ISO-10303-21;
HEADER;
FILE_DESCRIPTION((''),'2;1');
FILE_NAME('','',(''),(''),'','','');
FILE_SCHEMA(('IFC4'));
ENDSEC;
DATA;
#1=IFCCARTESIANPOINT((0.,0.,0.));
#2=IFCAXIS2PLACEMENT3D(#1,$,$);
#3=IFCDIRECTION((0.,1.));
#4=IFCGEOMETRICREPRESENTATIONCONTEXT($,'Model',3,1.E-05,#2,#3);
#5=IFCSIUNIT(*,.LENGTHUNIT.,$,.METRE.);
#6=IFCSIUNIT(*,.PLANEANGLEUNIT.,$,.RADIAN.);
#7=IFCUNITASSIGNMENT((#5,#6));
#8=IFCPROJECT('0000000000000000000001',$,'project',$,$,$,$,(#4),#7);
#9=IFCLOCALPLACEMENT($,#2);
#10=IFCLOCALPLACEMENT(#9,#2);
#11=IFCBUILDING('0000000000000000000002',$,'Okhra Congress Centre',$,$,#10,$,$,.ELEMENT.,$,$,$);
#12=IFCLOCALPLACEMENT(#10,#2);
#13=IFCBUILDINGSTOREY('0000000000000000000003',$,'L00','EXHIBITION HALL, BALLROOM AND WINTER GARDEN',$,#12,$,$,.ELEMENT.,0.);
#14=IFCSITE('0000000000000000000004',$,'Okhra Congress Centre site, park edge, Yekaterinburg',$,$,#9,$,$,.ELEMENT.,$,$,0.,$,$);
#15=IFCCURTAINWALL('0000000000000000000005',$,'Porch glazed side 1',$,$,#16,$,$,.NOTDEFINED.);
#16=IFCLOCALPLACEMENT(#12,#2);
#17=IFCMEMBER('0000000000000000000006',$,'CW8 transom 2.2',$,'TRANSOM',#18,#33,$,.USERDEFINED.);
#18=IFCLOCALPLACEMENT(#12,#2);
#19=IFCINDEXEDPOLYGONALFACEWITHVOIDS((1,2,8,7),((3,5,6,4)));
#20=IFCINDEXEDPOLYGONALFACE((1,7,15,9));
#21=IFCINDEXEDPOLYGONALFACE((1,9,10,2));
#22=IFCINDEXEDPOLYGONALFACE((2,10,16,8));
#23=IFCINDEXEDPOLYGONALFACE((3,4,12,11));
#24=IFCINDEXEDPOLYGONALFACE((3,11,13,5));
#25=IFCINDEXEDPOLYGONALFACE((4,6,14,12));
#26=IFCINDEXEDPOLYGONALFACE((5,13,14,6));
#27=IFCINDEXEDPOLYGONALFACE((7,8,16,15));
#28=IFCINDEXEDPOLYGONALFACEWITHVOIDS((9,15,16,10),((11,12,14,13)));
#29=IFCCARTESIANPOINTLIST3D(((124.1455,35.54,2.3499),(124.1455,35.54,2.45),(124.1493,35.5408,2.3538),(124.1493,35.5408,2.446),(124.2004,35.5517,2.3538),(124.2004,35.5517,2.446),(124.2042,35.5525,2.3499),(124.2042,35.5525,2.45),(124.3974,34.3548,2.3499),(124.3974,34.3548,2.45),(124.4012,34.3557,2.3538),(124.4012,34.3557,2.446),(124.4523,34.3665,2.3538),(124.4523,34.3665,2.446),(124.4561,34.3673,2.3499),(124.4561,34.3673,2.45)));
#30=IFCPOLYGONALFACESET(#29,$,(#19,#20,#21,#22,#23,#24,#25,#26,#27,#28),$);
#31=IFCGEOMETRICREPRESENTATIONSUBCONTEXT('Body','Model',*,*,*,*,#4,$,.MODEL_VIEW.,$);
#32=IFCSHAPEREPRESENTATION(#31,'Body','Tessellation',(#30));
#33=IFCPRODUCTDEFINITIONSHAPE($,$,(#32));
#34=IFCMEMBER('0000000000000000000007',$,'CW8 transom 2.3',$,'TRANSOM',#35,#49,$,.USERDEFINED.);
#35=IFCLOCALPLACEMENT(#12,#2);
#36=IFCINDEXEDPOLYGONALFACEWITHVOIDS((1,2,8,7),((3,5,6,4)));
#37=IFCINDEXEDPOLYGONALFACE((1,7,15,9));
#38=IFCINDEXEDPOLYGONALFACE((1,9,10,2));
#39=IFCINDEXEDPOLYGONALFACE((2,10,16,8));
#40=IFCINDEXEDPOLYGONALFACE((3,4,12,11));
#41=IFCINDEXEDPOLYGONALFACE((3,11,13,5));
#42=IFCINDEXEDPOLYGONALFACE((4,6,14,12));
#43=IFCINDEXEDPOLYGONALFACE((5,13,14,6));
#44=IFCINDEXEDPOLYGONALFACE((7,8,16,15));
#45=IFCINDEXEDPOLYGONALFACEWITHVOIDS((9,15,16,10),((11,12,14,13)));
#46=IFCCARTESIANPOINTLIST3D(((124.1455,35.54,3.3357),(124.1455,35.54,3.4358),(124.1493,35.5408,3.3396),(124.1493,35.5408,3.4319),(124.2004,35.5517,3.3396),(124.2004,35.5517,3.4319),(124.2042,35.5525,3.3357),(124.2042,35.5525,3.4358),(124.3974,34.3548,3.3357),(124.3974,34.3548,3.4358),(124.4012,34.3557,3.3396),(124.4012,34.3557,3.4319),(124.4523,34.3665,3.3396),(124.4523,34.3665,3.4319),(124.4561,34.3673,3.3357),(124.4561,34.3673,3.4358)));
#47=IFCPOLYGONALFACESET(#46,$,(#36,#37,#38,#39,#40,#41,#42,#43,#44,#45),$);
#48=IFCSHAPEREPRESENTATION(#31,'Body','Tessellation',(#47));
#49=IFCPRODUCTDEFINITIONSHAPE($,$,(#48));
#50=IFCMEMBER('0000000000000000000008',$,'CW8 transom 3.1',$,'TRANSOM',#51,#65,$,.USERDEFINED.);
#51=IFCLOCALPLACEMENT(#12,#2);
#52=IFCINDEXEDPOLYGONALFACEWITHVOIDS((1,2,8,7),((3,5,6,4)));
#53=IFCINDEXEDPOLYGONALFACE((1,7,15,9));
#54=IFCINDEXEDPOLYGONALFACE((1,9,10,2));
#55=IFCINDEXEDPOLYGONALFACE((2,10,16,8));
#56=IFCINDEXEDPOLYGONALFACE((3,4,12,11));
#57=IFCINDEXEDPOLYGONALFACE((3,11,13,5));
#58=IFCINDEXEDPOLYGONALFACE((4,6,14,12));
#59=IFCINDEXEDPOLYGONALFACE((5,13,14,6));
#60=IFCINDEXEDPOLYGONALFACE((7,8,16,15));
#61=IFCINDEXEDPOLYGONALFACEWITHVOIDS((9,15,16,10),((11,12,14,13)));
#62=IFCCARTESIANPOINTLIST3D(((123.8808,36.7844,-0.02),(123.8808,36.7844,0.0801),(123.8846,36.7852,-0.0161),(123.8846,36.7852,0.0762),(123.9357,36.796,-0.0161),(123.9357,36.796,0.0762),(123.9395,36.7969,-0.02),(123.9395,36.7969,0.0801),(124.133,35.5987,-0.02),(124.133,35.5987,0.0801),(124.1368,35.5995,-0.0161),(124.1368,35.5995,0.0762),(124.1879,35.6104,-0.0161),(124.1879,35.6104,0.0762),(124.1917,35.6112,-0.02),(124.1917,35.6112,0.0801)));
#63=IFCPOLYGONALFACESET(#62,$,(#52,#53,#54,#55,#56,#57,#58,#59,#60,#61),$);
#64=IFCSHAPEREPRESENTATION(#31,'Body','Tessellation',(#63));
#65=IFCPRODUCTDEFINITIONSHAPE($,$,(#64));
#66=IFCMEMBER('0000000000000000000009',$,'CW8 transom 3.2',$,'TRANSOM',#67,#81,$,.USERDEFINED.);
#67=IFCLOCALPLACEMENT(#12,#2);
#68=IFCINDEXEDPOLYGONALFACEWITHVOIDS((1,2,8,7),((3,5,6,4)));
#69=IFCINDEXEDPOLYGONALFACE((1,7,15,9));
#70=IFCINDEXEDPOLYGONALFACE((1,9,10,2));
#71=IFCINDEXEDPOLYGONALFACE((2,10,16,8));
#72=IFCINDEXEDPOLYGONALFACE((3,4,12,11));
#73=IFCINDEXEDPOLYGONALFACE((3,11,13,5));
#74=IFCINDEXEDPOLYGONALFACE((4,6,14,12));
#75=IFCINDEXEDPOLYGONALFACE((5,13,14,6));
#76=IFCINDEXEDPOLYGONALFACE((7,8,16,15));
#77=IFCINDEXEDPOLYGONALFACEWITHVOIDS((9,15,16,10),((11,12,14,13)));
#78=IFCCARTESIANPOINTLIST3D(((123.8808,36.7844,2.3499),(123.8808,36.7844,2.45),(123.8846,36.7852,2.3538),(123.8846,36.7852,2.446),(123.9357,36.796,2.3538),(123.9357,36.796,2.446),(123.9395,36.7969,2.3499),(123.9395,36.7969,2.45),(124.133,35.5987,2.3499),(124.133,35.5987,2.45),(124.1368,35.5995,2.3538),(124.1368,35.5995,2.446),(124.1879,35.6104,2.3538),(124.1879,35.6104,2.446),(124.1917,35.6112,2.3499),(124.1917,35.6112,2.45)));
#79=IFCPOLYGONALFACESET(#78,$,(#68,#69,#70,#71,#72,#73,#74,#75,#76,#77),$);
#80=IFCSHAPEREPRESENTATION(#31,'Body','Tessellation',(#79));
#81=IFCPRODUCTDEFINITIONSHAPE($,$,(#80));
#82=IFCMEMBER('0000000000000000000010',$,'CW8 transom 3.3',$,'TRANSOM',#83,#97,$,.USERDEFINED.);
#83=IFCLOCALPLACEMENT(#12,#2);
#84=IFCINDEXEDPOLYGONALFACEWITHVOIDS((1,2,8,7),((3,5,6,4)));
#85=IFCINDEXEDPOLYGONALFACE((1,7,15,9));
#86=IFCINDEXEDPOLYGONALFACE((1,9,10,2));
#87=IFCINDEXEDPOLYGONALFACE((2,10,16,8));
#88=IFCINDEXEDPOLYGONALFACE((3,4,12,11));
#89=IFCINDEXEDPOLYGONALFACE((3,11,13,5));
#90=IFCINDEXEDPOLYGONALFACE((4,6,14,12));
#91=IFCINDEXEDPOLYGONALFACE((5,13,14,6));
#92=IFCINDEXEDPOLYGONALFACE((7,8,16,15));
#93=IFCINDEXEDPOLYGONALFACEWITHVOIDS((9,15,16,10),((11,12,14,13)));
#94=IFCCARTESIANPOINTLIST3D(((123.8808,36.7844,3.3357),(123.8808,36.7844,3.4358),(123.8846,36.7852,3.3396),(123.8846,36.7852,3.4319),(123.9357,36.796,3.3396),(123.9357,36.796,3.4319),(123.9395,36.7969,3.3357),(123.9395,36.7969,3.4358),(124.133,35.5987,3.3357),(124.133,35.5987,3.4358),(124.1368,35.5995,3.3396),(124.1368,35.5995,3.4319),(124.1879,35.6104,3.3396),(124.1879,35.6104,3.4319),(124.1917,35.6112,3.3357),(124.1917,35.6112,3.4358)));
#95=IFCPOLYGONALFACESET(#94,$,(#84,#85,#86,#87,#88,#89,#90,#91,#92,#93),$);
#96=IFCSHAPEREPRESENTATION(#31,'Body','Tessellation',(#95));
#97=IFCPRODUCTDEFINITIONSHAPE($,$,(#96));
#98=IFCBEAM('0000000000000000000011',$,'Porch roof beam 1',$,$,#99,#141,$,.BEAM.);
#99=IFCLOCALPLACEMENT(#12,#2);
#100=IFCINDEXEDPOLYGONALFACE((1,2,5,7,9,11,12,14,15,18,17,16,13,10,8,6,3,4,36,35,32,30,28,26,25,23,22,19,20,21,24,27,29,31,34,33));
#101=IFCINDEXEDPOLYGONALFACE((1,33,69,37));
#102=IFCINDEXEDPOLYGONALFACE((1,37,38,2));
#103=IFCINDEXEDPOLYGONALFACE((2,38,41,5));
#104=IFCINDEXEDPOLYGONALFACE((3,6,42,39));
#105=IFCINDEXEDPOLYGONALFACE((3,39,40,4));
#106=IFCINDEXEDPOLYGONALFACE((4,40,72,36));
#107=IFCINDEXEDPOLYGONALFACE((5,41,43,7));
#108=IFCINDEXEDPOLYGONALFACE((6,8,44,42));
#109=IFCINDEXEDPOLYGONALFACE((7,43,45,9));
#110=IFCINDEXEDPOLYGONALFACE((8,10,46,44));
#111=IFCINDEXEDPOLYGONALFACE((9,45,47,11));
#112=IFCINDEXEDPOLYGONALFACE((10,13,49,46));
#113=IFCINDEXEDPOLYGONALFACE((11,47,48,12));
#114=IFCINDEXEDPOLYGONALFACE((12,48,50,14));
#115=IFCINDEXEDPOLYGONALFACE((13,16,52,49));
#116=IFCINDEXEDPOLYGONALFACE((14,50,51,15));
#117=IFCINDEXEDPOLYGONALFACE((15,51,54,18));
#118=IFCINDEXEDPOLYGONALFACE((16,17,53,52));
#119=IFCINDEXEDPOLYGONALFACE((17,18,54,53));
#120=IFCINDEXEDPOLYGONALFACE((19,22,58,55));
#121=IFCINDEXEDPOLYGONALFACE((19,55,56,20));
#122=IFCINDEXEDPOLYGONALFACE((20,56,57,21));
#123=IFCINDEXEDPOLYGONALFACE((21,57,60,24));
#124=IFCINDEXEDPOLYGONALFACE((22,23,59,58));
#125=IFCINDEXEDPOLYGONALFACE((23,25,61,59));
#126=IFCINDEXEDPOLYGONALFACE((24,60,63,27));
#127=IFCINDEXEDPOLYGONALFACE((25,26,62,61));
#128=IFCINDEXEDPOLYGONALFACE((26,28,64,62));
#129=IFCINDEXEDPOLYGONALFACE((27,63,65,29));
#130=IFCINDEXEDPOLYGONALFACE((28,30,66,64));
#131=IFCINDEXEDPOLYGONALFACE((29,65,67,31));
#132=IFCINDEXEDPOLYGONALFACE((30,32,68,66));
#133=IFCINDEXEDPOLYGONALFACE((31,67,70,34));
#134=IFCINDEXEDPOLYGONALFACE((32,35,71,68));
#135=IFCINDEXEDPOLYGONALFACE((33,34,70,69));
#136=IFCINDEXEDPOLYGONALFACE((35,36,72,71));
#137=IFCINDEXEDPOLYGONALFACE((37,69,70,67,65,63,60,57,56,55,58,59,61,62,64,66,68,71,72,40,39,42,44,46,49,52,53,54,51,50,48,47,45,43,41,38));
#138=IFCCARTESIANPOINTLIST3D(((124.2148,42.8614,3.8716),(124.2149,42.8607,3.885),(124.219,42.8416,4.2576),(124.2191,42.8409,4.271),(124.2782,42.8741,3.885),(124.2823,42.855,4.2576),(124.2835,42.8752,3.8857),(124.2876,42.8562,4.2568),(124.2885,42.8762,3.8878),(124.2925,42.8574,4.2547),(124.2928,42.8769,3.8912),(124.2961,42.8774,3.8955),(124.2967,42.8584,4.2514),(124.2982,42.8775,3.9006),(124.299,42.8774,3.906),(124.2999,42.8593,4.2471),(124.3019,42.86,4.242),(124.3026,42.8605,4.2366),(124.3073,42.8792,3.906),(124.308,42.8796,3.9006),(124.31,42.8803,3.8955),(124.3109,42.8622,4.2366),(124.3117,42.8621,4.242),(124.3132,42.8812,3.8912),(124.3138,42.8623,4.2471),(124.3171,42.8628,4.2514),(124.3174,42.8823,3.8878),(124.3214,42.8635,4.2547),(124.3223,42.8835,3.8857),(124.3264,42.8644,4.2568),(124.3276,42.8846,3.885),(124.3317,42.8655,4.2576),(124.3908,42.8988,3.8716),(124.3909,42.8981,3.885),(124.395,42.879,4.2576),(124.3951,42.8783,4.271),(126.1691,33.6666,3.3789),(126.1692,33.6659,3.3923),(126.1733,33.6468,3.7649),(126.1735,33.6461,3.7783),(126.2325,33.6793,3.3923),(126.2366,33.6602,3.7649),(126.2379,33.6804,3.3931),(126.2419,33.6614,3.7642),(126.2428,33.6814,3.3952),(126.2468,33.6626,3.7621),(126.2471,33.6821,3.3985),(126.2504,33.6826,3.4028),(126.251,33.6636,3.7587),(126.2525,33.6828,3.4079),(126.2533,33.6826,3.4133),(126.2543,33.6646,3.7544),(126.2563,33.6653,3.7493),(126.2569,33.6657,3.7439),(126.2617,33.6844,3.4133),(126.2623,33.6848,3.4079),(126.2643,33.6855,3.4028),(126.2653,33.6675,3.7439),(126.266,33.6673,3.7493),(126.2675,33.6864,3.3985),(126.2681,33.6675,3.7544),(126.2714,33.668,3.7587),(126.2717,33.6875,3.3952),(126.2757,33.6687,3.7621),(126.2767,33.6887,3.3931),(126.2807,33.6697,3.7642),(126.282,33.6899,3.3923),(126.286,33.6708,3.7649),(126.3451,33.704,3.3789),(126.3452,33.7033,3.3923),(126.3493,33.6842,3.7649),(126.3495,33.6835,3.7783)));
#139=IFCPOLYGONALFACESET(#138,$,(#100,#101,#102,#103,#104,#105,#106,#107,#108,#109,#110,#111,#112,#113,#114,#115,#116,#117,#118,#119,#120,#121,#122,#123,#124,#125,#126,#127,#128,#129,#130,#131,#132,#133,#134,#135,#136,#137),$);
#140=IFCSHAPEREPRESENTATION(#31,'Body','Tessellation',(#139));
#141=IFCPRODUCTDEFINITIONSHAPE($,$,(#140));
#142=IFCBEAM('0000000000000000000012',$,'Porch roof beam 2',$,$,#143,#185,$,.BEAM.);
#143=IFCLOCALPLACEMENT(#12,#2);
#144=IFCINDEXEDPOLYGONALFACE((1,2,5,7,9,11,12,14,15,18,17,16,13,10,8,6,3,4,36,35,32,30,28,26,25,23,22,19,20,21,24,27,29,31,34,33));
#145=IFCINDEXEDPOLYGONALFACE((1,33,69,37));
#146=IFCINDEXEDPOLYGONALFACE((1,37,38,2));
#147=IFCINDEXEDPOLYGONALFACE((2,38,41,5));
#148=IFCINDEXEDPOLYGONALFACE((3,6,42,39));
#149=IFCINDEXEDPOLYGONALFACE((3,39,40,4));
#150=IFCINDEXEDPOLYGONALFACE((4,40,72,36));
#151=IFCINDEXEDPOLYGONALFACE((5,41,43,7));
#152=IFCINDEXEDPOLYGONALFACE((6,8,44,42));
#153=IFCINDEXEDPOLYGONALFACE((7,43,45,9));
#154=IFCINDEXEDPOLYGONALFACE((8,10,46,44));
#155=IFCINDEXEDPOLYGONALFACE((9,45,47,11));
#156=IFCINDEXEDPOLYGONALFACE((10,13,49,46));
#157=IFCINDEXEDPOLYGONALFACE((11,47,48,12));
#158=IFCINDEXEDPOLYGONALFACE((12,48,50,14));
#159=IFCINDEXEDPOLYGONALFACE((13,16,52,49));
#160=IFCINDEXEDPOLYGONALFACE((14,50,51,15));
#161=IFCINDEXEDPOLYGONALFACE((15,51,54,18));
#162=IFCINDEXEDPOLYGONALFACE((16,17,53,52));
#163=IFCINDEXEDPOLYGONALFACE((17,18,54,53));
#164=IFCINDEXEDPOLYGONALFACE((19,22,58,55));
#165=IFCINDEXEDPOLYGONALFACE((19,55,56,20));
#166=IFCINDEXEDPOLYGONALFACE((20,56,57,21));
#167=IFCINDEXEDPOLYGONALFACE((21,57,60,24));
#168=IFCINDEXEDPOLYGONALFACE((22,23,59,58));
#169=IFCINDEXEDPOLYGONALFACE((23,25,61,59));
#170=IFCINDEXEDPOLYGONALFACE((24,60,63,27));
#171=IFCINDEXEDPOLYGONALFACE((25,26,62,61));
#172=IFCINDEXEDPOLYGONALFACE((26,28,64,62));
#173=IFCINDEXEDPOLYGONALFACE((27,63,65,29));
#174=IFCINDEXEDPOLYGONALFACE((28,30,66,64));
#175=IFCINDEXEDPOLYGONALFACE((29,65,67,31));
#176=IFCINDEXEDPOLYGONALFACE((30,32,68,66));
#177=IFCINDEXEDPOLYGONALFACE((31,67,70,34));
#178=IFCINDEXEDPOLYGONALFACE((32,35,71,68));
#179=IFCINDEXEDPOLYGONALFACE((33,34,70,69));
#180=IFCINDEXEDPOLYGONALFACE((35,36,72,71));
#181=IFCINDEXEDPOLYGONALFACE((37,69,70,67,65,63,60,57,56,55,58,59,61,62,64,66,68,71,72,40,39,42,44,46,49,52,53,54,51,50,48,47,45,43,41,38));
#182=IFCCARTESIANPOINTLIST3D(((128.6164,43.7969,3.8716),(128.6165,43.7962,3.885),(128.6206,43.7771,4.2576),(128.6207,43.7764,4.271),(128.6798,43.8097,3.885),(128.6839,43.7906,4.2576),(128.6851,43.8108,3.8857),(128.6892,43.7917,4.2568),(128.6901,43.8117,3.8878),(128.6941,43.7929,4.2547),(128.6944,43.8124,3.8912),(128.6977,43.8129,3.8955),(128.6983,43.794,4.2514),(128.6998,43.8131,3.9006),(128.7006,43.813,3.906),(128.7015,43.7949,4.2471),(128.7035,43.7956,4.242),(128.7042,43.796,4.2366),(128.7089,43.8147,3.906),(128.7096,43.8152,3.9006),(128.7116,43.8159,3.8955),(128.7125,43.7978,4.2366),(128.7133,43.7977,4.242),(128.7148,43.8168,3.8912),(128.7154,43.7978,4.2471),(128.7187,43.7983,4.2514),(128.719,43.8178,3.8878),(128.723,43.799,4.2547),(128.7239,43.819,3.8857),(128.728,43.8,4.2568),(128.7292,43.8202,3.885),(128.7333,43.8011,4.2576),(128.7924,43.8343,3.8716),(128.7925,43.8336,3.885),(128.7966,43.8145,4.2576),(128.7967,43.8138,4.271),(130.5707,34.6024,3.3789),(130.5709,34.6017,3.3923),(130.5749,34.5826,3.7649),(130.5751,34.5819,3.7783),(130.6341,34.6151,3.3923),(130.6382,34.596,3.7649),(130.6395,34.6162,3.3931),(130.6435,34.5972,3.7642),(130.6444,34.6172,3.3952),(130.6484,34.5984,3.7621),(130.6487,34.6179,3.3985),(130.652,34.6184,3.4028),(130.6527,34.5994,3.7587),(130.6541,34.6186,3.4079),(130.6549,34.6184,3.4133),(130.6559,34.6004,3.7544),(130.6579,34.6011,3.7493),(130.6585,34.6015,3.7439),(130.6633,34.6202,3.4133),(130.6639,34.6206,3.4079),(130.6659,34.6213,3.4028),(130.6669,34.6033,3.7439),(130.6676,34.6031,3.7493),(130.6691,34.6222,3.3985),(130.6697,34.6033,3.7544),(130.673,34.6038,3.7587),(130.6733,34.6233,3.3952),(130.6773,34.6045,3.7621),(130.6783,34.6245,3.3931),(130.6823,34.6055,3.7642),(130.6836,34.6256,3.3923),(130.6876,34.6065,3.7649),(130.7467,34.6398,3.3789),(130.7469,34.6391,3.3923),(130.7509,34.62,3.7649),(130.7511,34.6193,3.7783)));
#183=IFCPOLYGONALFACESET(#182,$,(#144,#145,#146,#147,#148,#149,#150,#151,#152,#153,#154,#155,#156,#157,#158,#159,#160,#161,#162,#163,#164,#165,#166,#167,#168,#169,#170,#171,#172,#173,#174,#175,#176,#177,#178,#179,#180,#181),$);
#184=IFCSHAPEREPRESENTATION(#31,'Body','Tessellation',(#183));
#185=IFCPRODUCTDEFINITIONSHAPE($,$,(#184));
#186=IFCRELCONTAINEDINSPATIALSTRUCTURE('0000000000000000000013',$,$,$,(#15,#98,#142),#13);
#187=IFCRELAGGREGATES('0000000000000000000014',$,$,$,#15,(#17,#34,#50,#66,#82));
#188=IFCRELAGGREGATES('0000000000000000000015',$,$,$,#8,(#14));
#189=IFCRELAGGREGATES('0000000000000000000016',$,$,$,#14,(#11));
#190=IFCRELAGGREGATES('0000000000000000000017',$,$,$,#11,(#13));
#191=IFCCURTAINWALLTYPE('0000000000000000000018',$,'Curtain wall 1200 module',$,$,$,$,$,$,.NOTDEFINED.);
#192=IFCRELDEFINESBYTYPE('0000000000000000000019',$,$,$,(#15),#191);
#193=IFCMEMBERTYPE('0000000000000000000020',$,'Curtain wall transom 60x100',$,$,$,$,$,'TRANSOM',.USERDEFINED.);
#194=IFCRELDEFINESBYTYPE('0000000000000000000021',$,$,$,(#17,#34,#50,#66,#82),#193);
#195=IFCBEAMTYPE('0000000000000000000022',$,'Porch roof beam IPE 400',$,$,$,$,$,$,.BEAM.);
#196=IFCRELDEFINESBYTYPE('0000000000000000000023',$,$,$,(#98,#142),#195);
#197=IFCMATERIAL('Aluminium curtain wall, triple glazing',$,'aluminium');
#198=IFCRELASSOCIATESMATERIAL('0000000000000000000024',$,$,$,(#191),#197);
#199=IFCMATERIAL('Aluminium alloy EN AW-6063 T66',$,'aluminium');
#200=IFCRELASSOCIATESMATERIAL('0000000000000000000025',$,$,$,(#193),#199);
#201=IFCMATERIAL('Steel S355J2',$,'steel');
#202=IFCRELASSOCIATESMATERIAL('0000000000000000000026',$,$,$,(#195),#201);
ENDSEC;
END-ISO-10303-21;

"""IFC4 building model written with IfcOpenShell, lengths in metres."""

from ifc_helpers import new_model, si_unit, direction, frame, origin, origin_2d, place, context, subcontext, project, spatial, hollow_rectangle, i_section, extrude, material, material_profile, profile_set, type_object, element, aggregate, save


model = new_model("IFC4")

# Units and contexts
model_context = context("Model", 3, precision=1e-05, world=origin(), true_north=direction((0.0, 1.0)))
body_context = subcontext(model_context, "Body", "Model", "MODEL_VIEW")
ifc_project = project(units=[si_unit("LENGTHUNIT", "METRE"), si_unit("PLANEANGLEUNIT", "RADIAN")], contexts=[model_context])

# Site, building, storey
site_placement = place(None, origin())
site = spatial("IfcSite", under=ifc_project, at=site_placement, Name="Okhra Congress Centre site, park edge, Yekaterinburg", CompositionType="ELEMENT", RefElevation=0.0)
building_placement = place(site_placement, origin())
building = spatial("IfcBuilding", under=site, at=building_placement, Name="Okhra Congress Centre", CompositionType="ELEMENT")
storey_placement = place(building_placement, origin())
storey = spatial("IfcBuildingStorey", under=building, at=storey_placement, Name="L00", Description="EXHIBITION HALL, BALLROOM AND WINTER GARDEN", CompositionType="ELEMENT", Elevation=0.0)

# Curtain wall, members
ifc_material_1 = material(Name="Aluminium curtain wall, triple glazing", Category="aluminium")
curtain_wall_type = type_object("IfcCurtainWallType", Name="Curtain wall 1200 module", PredefinedType="NOTDEFINED", material=ifc_material_1)
curtain_wall_placement = place(storey_placement, origin())
curtain_wall = element("IfcCurtainWall", 1, at=curtain_wall_placement, inside=storey, type_object=curtain_wall_type, Name="Porch glazed side 1", PredefinedType="NOTDEFINED")
ifc_material_2 = material(Name="Aluminium alloy EN AW-6063 T66", Category="aluminium")
ifc_material_profile_1 = material_profile(ifc_material_2, hollow_rectangle(XDim=0.0601, YDim=0.1001, WallThickness=0.0039, at=origin_2d()), Name="RHS 60x100x4")
ifc_profile_set_1 = profile_set([ifc_material_profile_1], Name="Aluminium alloy EN AW-6063 T66")
member_type_1 = type_object("IfcMemberType", Name="Curtain wall transom 60x100", ElementType="TRANSOM", PredefinedType="USERDEFINED", material=ifc_profile_set_1)
member_1_placement = place(storey_placement, frame((124.4268, 34.3611, 2.3999), z_axis=(-0.207919, 0.978146, 0.0), x_axis=(-0.978146, -0.207919, 0.0)))
member_1 = element("IfcMember", 2, at=member_1_placement, type_object=member_type_1, Name="CW8 transom 2.2", ObjectType="TRANSOM", PredefinedType="USERDEFINED", context=body_context, shape_type="SweptSolid", body=[
    extrude(hollow_rectangle(XDim=0.0601, YDim=0.1001, WallThickness=0.0039, at=origin_2d()), origin(), (0.0, 0.0, 1.0), 1.2117),
])
member_2_placement = place(storey_placement, frame((124.4268, 34.3611, 3.3857), z_axis=(-0.207919, 0.978146, 0.0), x_axis=(-0.978146, -0.207919, 0.0)))
member_2 = element("IfcMember", 3, at=member_2_placement, type_object=member_type_1, Name="CW8 transom 2.3", ObjectType="TRANSOM", PredefinedType="USERDEFINED", context=body_context, shape_type="SweptSolid", body=[
    extrude(hollow_rectangle(XDim=0.0601, YDim=0.1001, WallThickness=0.0039, at=origin_2d()), origin(), (0.0, 0.0, 1.0), 1.2117),
])
member_3_placement = place(storey_placement, frame((124.1624, 35.605, 0.03), z_axis=(-0.208071, 0.978114, 0.0), x_axis=(-0.978114, -0.208071, 0.0)))
member_3 = element("IfcMember", 4, at=member_3_placement, type_object=member_type_1, Name="CW8 transom 3.1", ObjectType="TRANSOM", PredefinedType="USERDEFINED", context=body_context, shape_type="SweptSolid", body=[
    extrude(hollow_rectangle(XDim=0.0601, YDim=0.1001, WallThickness=0.0039, at=origin_2d()), origin(), (0.0, 0.0, 1.0), 1.2122),
])
member_4_placement = place(storey_placement, frame((124.1624, 35.605, 2.3999), z_axis=(-0.208071, 0.978114, 0.0), x_axis=(-0.978114, -0.208071, 0.0)))
member_4 = element("IfcMember", 5, at=member_4_placement, type_object=member_type_1, Name="CW8 transom 3.2", ObjectType="TRANSOM", PredefinedType="USERDEFINED", context=body_context, shape_type="SweptSolid", body=[
    extrude(hollow_rectangle(XDim=0.0601, YDim=0.1001, WallThickness=0.0039, at=origin_2d()), origin(), (0.0, 0.0, 1.0), 1.2122),
])
member_5_placement = place(storey_placement, frame((124.1624, 35.605, 3.3857), z_axis=(-0.208071, 0.978114, 0.0), x_axis=(-0.978114, -0.208071, 0.0)))
member_5 = element("IfcMember", 6, at=member_5_placement, type_object=member_type_1, Name="CW8 transom 3.3", ObjectType="TRANSOM", PredefinedType="USERDEFINED", context=body_context, shape_type="SweptSolid", body=[
    extrude(hollow_rectangle(XDim=0.0601, YDim=0.1001, WallThickness=0.0039, at=origin_2d()), origin(), (0.0, 0.0, 1.0), 1.2122),
])

# Beams
ifc_material_3 = material(Name="Steel S355J2", Category="steel")
ifc_material_profile_2 = material_profile(ifc_material_3, i_section(OverallWidth=0.1799, OverallDepth=0.3999, WebThickness=0.0085, FlangeThickness=0.0134, FilletRadius=0.021, at=origin_2d()), Name="IPE 400")
ifc_profile_set_2 = profile_set([ifc_material_profile_2], Name="Steel S355J2")
beam_type = type_object("IfcBeamType", Name="Porch roof beam IPE 400", PredefinedType="BEAM", material=ifc_profile_set_2)
beam_placement = place(storey_placement, frame((126.2593, 33.675, 3.5786), z_axis=(-0.207619, 0.976809, 0.052339), x_axis=(-0.978149, -0.207904, 0.0)))
element("IfcBeam", 7, at=beam_placement, inside=storey, type_object=beam_type, Name="Porch roof beam 1", PredefinedType="BEAM", context=body_context, shape_type="SweptSolid", body=[
    extrude(i_section(OverallWidth=0.1799, OverallDepth=0.3999, WebThickness=0.0085, FlangeThickness=0.0134, FilletRadius=0.021, at=origin_2d()), origin(), (0.0, 0.0, 1.0), 9.4131),
])
for number, where, z_axis, x_axis, name in (
    (8, (130.6609, 34.6108, 3.5786), (-0.207624, 0.976807, 0.052341), (-0.978148, -0.207909, 0.0), "Porch roof beam 2"),
):
    element("IfcBeam", number, at=place(storey_placement, frame(where, z_axis=z_axis, x_axis=x_axis)), inside=storey, type_object=beam_type, Name=name, PredefinedType="BEAM", context=body_context, shape_type="SweptSolid", body=[
        extrude(i_section(OverallWidth=0.1799, OverallDepth=0.3999, WebThickness=0.0085, FlangeThickness=0.0134, FilletRadius=0.021, at=origin_2d()), origin(), (0.0, 0.0, 1.0), 9.4128),
    ])

aggregate(curtain_wall, [member_1, member_2, member_3, member_4, member_5])

save(model, "model.ifc")
